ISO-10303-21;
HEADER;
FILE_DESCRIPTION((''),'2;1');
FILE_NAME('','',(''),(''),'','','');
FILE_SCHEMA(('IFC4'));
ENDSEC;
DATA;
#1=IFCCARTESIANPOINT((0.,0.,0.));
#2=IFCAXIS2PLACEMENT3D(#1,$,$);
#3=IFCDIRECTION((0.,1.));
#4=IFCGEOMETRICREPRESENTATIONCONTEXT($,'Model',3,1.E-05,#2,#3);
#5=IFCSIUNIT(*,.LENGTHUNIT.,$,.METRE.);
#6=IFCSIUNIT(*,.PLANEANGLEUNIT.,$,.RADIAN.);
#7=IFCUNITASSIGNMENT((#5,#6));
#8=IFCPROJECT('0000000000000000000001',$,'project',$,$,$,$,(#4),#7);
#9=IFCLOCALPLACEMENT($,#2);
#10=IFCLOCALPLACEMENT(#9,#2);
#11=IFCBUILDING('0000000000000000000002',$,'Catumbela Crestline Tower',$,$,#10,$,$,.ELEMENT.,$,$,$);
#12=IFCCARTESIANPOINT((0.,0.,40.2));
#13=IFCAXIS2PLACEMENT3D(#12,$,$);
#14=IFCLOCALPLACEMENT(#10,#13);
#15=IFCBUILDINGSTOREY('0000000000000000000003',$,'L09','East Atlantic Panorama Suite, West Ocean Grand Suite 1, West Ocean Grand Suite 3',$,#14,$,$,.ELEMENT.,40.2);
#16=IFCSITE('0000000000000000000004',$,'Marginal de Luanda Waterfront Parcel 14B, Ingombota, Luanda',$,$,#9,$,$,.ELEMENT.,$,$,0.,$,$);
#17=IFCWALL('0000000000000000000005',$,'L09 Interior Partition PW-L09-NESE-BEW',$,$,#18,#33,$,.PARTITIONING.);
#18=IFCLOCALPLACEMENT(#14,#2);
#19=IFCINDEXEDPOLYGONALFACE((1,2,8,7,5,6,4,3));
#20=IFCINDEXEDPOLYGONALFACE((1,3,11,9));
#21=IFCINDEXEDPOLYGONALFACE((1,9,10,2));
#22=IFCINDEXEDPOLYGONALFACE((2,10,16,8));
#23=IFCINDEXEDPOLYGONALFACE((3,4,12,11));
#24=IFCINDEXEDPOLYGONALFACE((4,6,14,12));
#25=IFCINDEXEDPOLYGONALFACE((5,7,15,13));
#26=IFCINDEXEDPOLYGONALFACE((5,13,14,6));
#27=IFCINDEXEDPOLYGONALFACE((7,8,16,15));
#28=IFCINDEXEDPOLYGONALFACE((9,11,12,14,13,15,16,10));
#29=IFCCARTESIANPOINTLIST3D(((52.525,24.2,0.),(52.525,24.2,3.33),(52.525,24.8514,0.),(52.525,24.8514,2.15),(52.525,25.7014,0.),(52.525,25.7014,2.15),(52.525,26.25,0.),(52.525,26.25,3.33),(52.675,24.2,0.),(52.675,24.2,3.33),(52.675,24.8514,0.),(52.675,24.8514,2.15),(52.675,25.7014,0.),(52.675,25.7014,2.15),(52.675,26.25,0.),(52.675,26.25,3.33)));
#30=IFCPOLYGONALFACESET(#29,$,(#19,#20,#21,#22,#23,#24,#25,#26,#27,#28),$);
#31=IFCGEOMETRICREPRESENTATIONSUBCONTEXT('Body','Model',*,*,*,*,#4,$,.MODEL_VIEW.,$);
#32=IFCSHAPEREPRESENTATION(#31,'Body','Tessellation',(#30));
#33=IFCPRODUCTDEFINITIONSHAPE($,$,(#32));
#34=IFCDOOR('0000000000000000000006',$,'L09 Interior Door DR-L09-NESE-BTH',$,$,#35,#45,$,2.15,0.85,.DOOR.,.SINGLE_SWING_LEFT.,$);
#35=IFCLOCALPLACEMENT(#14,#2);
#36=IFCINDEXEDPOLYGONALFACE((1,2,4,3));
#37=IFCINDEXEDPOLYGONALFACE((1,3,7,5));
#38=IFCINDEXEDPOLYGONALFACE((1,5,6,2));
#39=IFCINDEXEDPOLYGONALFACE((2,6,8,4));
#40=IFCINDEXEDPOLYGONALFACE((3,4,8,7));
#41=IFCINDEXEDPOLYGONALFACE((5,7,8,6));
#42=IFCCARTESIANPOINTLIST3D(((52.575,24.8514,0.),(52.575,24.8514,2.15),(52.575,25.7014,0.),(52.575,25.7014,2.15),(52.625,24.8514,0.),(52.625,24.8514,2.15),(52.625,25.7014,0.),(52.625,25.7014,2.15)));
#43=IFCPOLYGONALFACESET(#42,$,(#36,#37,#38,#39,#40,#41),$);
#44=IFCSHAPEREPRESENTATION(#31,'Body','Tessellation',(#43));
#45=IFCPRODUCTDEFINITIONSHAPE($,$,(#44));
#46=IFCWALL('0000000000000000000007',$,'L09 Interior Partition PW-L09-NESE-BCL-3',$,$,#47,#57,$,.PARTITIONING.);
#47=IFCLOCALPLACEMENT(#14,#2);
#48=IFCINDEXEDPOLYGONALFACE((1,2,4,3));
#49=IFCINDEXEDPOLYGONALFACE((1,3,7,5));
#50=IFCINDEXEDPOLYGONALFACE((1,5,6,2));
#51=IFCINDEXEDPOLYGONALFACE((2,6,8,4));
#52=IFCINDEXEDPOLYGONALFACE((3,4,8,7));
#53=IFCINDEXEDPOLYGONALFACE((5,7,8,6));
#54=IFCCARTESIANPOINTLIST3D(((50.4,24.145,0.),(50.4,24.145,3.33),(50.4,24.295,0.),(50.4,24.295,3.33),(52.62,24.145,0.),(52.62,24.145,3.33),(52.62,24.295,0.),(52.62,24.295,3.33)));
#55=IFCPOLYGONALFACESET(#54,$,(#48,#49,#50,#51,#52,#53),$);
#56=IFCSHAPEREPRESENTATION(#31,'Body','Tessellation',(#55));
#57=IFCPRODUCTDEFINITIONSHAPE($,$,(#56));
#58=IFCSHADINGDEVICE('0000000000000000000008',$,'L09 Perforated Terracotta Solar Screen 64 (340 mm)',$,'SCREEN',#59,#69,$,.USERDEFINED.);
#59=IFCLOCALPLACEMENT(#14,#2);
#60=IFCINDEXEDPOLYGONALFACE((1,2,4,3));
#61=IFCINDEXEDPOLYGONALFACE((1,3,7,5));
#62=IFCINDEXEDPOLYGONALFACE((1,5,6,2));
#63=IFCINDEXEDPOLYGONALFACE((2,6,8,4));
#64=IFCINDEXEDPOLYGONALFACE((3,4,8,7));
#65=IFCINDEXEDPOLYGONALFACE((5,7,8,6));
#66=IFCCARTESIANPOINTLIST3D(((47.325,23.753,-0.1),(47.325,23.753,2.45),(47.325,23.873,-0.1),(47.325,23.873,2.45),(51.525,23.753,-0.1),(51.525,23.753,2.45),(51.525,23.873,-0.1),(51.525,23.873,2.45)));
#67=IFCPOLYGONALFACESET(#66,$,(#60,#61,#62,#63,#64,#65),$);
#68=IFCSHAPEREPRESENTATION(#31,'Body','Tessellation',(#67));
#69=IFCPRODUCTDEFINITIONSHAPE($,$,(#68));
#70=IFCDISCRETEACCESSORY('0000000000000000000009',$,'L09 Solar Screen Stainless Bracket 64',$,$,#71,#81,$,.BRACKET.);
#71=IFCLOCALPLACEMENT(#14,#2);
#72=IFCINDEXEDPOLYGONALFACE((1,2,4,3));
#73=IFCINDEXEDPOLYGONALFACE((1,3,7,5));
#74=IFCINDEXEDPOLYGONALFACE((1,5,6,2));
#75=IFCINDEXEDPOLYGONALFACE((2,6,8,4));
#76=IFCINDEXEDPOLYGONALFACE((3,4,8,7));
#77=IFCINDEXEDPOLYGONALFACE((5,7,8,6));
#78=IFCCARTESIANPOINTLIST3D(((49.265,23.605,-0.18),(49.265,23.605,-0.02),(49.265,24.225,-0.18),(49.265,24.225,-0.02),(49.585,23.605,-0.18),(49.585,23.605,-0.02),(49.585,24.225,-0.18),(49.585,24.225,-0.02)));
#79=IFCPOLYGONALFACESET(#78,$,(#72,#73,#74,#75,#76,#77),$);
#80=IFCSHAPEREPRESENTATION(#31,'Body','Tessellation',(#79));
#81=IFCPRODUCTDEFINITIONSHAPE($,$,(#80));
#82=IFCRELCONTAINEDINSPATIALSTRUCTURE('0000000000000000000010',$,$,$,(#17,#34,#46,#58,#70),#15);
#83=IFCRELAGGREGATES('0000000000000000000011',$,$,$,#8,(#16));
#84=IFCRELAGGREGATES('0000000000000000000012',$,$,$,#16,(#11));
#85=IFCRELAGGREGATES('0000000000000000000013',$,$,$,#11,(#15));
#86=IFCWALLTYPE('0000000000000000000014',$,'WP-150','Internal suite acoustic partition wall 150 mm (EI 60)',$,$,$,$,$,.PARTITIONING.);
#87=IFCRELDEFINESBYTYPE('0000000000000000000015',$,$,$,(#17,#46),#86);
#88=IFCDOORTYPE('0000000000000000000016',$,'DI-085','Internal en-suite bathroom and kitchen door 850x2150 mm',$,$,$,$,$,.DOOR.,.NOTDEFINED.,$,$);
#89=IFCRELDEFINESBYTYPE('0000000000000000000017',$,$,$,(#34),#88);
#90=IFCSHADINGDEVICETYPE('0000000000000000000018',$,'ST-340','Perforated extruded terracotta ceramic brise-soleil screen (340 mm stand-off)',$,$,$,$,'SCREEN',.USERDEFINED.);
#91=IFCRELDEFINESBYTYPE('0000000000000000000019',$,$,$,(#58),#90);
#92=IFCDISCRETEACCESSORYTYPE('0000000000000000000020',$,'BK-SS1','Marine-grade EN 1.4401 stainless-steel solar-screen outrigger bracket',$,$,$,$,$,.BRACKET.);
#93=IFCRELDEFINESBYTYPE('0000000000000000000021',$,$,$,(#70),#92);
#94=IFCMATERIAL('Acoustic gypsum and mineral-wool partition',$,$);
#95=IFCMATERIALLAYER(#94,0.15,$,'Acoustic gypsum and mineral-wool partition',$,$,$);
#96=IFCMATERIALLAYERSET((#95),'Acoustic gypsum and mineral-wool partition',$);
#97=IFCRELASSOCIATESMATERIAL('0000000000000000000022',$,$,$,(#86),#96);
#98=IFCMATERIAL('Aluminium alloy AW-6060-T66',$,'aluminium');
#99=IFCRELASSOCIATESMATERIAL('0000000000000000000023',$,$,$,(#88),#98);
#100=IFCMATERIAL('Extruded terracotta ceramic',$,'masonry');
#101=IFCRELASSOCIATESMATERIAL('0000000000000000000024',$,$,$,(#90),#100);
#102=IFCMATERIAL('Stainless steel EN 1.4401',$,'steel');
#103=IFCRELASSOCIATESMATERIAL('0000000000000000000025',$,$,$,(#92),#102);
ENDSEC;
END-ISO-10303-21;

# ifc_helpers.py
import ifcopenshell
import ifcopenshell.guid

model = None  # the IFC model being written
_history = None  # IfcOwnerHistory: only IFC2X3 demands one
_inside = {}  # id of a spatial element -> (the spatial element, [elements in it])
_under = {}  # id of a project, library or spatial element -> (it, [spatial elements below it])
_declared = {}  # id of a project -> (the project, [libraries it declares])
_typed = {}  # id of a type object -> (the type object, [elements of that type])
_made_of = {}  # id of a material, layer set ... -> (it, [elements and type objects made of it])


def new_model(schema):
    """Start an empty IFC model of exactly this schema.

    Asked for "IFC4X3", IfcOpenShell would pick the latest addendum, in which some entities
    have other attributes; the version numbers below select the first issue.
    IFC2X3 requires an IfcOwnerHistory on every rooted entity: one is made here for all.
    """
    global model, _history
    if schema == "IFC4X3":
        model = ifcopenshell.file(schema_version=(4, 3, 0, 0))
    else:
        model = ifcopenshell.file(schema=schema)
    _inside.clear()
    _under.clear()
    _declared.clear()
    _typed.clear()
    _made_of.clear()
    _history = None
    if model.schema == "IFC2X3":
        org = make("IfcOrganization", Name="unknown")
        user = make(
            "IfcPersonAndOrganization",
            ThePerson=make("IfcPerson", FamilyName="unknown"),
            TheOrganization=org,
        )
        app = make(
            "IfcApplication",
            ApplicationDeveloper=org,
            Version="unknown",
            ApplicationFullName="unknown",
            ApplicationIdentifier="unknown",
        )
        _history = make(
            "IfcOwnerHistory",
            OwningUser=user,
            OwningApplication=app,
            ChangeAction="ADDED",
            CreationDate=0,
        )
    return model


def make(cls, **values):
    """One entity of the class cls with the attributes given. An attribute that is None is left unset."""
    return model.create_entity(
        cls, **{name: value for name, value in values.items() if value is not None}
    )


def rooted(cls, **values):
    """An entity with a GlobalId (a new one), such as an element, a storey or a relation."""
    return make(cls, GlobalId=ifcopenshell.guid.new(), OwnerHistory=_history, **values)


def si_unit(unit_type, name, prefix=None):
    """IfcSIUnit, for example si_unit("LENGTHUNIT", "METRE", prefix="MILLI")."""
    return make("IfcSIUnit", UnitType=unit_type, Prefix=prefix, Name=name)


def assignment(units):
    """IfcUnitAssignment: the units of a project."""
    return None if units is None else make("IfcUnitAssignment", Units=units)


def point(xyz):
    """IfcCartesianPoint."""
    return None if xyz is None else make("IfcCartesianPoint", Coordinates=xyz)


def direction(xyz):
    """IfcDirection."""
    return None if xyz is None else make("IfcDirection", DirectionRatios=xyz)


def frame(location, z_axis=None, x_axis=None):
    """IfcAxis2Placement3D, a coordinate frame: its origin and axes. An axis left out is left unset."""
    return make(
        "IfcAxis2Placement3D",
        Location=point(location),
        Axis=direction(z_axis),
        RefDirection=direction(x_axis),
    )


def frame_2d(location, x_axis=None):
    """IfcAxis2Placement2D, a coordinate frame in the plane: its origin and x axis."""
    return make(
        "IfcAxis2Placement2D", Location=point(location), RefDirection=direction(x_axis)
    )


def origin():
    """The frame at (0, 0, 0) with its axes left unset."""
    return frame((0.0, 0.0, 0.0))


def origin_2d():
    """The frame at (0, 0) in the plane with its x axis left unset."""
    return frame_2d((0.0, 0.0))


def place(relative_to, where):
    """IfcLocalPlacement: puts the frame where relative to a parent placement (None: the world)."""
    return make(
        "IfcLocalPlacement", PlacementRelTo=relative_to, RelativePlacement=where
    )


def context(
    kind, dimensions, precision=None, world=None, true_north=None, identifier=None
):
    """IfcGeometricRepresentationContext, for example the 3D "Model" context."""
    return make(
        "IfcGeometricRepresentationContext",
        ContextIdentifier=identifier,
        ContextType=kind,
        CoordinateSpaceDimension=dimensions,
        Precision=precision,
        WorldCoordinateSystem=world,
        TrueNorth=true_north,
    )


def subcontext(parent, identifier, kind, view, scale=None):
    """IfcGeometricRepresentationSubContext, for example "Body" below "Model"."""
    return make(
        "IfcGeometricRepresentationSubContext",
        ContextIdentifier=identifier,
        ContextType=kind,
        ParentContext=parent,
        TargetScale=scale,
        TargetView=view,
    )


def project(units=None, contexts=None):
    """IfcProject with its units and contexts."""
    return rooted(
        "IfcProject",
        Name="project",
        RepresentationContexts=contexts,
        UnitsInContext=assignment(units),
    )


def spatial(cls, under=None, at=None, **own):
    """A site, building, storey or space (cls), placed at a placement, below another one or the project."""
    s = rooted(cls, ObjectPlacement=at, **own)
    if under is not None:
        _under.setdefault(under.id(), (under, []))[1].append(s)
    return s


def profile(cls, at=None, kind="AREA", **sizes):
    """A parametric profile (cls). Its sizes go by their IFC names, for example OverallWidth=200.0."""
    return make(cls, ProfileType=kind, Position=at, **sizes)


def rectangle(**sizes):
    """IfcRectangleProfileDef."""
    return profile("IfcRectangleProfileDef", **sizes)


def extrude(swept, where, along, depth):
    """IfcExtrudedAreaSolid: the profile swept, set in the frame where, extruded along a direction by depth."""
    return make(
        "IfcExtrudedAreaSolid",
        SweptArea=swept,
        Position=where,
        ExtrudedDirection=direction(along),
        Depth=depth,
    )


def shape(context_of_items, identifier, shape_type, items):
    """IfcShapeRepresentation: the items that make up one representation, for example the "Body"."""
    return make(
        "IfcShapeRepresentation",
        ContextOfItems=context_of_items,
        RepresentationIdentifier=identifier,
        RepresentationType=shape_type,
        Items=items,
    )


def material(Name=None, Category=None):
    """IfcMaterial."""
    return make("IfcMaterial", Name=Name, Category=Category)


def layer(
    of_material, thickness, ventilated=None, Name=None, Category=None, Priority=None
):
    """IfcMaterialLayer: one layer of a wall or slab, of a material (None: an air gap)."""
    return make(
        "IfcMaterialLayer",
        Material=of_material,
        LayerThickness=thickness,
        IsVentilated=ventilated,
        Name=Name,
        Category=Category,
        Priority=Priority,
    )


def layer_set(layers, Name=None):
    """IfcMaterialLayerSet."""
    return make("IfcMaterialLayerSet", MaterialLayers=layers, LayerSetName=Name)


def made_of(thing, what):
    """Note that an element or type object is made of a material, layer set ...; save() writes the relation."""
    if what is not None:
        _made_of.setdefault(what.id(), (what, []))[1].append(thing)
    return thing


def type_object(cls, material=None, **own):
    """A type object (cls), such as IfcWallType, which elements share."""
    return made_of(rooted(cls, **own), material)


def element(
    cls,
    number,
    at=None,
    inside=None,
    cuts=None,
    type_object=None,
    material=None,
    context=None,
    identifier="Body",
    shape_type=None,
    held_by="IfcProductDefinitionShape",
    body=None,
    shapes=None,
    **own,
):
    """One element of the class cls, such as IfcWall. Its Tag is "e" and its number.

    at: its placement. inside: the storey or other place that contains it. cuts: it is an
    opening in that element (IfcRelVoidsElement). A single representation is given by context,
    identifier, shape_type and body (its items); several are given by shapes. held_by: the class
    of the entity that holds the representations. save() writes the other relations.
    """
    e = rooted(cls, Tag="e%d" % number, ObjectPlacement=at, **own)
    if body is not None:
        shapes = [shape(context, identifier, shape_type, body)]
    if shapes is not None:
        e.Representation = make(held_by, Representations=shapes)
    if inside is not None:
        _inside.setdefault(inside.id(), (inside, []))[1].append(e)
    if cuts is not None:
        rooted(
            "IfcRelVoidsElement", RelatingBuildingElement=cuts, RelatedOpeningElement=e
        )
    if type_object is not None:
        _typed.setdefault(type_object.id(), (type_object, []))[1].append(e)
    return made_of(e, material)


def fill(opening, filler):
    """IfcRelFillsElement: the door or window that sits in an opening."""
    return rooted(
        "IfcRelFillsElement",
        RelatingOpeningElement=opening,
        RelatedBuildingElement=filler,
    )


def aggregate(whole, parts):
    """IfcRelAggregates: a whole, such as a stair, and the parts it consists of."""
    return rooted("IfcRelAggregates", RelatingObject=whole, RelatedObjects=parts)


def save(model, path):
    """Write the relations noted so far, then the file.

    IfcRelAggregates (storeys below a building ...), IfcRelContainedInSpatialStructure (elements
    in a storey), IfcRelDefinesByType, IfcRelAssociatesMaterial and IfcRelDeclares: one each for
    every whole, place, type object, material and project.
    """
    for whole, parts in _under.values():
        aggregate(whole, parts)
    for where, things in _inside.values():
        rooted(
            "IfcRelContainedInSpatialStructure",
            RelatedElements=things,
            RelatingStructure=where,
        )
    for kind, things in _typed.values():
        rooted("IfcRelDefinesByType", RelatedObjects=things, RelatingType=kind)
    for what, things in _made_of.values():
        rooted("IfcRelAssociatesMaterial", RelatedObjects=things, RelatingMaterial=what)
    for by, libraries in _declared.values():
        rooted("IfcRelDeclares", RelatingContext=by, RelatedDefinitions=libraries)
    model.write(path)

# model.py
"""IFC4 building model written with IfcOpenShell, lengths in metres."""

from ifc_helpers import new_model, si_unit, direction, frame, frame_2d, origin, origin_2d, place, context, subcontext, project, spatial, rectangle, extrude, material, layer, layer_set, type_object, element, fill, save


model = new_model("IFC4")

# Units and contexts
model_context = context("Model", 3, precision=1e-05, world=origin(), true_north=direction((0.0, 1.0)))
body_context = subcontext(model_context, "Body", "Model", "MODEL_VIEW")
ifc_project = project(units=[si_unit("LENGTHUNIT", "METRE"), si_unit("PLANEANGLEUNIT", "RADIAN")], contexts=[model_context])

# Site, building, storey
site_placement = place(None, origin())
site = spatial("IfcSite", under=ifc_project, at=site_placement, Name="Marginal de Luanda Waterfront Parcel 14B, Ingombota, Luanda", CompositionType="ELEMENT", RefElevation=0.0)
building_placement = place(site_placement, origin())
building = spatial("IfcBuilding", under=site, at=building_placement, Name="Catumbela Crestline Tower", CompositionType="ELEMENT")
storey_placement = place(building_placement, frame((0.0, 0.0, 40.2)))
storey = spatial("IfcBuildingStorey", under=building, at=storey_placement, Name="L09", Description="East Atlantic Panorama Suite, West Ocean Grand Suite 1, West Ocean Grand Suite 3", CompositionType="ELEMENT", Elevation=40.2)

# Shared definitions
ifc_material_1 = material(Name="Aluminium alloy AW-6060-T66", Category="aluminium")

# Shared definitions
ifc_material_2 = material(Name="Acoustic gypsum and mineral-wool partition")

# Shared definitions
ifc_layer_1 = layer(ifc_material_2, 0.15, Name="Acoustic gypsum and mineral-wool partition")
ifc_layer_set_1 = layer_set([ifc_layer_1], Name="Acoustic gypsum and mineral-wool partition")
wall_type_1 = type_object("IfcWallType", Name="WP-150", Description="Internal suite acoustic partition wall 150 mm (EI 60)", PredefinedType="PARTITIONING", material=ifc_layer_set_1)

# Shared definitions
door_type_1 = type_object("IfcDoorType", Name="DI-085", Description="Internal en-suite bathroom and kitchen door 850x2150 mm", OperationType="NOTDEFINED", PredefinedType="DOOR", material=ifc_material_1)

# Wall, opening, door
wall_1_placement = place(storey_placement, frame((52.6, 24.2, 0.0), z_axis=(0.0, 0.0, 1.0), x_axis=(0.0, 1.0, 0.0)))
wall_1 = element("IfcWall", 1, at=wall_1_placement, inside=storey, type_object=wall_type_1, Name="L09 Interior Partition PW-L09-NESE-BEW", PredefinedType="PARTITIONING", context=body_context, shape_type="SweptSolid", body=[
    extrude(rectangle(XDim=2.05, YDim=0.15, at=frame_2d((1.025, 0.0))), origin(), (0.0, 0.0, 1.0), 3.33),
])
opening_1_placement = place(wall_1_placement, frame((0.6514, 0.0, 0.0)))
opening_1 = element("IfcOpeningElement", 2, at=opening_1_placement, cuts=wall_1, PredefinedType="OPENING", context=body_context, shape_type="SweptSolid", body=[
    extrude(rectangle(XDim=0.85, YDim=2.15, at=frame_2d((0.425, 1.075))), frame((0.0, 0.085, 0.0), z_axis=(0.0, -1.0, 0.0), x_axis=(1.0, 0.0, 0.0)), (0.0, 0.0, 1.0), 0.17),
])
door_1_placement = place(opening_1_placement, origin())
door_1 = element("IfcDoor", 3, at=door_1_placement, inside=storey, type_object=door_type_1, Name="L09 Interior Door DR-L09-NESE-BTH", OperationType="SINGLE_SWING_LEFT", OverallHeight=2.15, OverallWidth=0.85, PredefinedType="DOOR", context=body_context, shape_type="SweptSolid", body=[
    extrude(rectangle(XDim=0.85, YDim=2.15, at=frame_2d((0.425, 1.075))), frame((0.0, 0.025, 0.0), z_axis=(0.0, -1.0, 0.0), x_axis=(1.0, 0.0, 0.0)), (0.0, 0.0, 1.0), 0.05),
])
fill(opening_1, door_1)

# Wall
wall_2_placement = place(storey_placement, frame((52.62, 24.22, 0.0), z_axis=(0.0, 0.0, 1.0), x_axis=(-1.0, 0.0, 0.0)))
element("IfcWall", 4, at=wall_2_placement, inside=storey, type_object=wall_type_1, Name="L09 Interior Partition PW-L09-NESE-BCL-3", PredefinedType="PARTITIONING", context=body_context, shape_type="SweptSolid", body=[
    extrude(rectangle(XDim=2.22, YDim=0.15, at=frame_2d((1.11, 0.0))), origin(), (0.0, 0.0, 1.0), 3.33),
])

# Shading device
ifc_material_3 = material(Name="Extruded terracotta ceramic", Category="masonry")
shading_device_type = type_object("IfcShadingDeviceType", Name="ST-340", Description="Perforated extruded terracotta ceramic brise-soleil screen (340 mm stand-off)", ElementType="SCREEN", PredefinedType="USERDEFINED", material=ifc_material_3)
shading_device_placement = place(storey_placement, frame((49.425, 23.813, -0.1), z_axis=(0.0, 0.0, 1.0), x_axis=(1.0, 0.0, 0.0)))
element("IfcShadingDevice", 5, at=shading_device_placement, inside=storey, type_object=shading_device_type, Name="L09 Perforated Terracotta Solar Screen 64 (340 mm)", ObjectType="SCREEN", PredefinedType="USERDEFINED", context=body_context, shape_type="SweptSolid", body=[
    extrude(rectangle(XDim=4.2, YDim=0.12, at=origin_2d()), origin(), (0.0, 0.0, 1.0), 2.55),
])

# Discrete accessory
ifc_material_4 = material(Name="Stainless steel EN 1.4401", Category="steel")
discrete_accessory_type = type_object("IfcDiscreteAccessoryType", Name="BK-SS1", Description="Marine-grade EN 1.4401 stainless-steel solar-screen outrigger bracket", PredefinedType="BRACKET", material=ifc_material_4)
discrete_accessory_placement = place(storey_placement, frame((49.425, 23.915, -0.18), z_axis=(0.0, 0.0, 1.0), x_axis=(1.0, 0.0, 0.0)))
element("IfcDiscreteAccessory", 6, at=discrete_accessory_placement, inside=storey, type_object=discrete_accessory_type, Name="L09 Solar Screen Stainless Bracket 64", PredefinedType="BRACKET", context=body_context, shape_type="SweptSolid", body=[
    extrude(rectangle(XDim=0.32, YDim=0.62, at=origin_2d()), origin(), (0.0, 0.0, 1.0), 0.16),
])

save(model, "model.ifc")
